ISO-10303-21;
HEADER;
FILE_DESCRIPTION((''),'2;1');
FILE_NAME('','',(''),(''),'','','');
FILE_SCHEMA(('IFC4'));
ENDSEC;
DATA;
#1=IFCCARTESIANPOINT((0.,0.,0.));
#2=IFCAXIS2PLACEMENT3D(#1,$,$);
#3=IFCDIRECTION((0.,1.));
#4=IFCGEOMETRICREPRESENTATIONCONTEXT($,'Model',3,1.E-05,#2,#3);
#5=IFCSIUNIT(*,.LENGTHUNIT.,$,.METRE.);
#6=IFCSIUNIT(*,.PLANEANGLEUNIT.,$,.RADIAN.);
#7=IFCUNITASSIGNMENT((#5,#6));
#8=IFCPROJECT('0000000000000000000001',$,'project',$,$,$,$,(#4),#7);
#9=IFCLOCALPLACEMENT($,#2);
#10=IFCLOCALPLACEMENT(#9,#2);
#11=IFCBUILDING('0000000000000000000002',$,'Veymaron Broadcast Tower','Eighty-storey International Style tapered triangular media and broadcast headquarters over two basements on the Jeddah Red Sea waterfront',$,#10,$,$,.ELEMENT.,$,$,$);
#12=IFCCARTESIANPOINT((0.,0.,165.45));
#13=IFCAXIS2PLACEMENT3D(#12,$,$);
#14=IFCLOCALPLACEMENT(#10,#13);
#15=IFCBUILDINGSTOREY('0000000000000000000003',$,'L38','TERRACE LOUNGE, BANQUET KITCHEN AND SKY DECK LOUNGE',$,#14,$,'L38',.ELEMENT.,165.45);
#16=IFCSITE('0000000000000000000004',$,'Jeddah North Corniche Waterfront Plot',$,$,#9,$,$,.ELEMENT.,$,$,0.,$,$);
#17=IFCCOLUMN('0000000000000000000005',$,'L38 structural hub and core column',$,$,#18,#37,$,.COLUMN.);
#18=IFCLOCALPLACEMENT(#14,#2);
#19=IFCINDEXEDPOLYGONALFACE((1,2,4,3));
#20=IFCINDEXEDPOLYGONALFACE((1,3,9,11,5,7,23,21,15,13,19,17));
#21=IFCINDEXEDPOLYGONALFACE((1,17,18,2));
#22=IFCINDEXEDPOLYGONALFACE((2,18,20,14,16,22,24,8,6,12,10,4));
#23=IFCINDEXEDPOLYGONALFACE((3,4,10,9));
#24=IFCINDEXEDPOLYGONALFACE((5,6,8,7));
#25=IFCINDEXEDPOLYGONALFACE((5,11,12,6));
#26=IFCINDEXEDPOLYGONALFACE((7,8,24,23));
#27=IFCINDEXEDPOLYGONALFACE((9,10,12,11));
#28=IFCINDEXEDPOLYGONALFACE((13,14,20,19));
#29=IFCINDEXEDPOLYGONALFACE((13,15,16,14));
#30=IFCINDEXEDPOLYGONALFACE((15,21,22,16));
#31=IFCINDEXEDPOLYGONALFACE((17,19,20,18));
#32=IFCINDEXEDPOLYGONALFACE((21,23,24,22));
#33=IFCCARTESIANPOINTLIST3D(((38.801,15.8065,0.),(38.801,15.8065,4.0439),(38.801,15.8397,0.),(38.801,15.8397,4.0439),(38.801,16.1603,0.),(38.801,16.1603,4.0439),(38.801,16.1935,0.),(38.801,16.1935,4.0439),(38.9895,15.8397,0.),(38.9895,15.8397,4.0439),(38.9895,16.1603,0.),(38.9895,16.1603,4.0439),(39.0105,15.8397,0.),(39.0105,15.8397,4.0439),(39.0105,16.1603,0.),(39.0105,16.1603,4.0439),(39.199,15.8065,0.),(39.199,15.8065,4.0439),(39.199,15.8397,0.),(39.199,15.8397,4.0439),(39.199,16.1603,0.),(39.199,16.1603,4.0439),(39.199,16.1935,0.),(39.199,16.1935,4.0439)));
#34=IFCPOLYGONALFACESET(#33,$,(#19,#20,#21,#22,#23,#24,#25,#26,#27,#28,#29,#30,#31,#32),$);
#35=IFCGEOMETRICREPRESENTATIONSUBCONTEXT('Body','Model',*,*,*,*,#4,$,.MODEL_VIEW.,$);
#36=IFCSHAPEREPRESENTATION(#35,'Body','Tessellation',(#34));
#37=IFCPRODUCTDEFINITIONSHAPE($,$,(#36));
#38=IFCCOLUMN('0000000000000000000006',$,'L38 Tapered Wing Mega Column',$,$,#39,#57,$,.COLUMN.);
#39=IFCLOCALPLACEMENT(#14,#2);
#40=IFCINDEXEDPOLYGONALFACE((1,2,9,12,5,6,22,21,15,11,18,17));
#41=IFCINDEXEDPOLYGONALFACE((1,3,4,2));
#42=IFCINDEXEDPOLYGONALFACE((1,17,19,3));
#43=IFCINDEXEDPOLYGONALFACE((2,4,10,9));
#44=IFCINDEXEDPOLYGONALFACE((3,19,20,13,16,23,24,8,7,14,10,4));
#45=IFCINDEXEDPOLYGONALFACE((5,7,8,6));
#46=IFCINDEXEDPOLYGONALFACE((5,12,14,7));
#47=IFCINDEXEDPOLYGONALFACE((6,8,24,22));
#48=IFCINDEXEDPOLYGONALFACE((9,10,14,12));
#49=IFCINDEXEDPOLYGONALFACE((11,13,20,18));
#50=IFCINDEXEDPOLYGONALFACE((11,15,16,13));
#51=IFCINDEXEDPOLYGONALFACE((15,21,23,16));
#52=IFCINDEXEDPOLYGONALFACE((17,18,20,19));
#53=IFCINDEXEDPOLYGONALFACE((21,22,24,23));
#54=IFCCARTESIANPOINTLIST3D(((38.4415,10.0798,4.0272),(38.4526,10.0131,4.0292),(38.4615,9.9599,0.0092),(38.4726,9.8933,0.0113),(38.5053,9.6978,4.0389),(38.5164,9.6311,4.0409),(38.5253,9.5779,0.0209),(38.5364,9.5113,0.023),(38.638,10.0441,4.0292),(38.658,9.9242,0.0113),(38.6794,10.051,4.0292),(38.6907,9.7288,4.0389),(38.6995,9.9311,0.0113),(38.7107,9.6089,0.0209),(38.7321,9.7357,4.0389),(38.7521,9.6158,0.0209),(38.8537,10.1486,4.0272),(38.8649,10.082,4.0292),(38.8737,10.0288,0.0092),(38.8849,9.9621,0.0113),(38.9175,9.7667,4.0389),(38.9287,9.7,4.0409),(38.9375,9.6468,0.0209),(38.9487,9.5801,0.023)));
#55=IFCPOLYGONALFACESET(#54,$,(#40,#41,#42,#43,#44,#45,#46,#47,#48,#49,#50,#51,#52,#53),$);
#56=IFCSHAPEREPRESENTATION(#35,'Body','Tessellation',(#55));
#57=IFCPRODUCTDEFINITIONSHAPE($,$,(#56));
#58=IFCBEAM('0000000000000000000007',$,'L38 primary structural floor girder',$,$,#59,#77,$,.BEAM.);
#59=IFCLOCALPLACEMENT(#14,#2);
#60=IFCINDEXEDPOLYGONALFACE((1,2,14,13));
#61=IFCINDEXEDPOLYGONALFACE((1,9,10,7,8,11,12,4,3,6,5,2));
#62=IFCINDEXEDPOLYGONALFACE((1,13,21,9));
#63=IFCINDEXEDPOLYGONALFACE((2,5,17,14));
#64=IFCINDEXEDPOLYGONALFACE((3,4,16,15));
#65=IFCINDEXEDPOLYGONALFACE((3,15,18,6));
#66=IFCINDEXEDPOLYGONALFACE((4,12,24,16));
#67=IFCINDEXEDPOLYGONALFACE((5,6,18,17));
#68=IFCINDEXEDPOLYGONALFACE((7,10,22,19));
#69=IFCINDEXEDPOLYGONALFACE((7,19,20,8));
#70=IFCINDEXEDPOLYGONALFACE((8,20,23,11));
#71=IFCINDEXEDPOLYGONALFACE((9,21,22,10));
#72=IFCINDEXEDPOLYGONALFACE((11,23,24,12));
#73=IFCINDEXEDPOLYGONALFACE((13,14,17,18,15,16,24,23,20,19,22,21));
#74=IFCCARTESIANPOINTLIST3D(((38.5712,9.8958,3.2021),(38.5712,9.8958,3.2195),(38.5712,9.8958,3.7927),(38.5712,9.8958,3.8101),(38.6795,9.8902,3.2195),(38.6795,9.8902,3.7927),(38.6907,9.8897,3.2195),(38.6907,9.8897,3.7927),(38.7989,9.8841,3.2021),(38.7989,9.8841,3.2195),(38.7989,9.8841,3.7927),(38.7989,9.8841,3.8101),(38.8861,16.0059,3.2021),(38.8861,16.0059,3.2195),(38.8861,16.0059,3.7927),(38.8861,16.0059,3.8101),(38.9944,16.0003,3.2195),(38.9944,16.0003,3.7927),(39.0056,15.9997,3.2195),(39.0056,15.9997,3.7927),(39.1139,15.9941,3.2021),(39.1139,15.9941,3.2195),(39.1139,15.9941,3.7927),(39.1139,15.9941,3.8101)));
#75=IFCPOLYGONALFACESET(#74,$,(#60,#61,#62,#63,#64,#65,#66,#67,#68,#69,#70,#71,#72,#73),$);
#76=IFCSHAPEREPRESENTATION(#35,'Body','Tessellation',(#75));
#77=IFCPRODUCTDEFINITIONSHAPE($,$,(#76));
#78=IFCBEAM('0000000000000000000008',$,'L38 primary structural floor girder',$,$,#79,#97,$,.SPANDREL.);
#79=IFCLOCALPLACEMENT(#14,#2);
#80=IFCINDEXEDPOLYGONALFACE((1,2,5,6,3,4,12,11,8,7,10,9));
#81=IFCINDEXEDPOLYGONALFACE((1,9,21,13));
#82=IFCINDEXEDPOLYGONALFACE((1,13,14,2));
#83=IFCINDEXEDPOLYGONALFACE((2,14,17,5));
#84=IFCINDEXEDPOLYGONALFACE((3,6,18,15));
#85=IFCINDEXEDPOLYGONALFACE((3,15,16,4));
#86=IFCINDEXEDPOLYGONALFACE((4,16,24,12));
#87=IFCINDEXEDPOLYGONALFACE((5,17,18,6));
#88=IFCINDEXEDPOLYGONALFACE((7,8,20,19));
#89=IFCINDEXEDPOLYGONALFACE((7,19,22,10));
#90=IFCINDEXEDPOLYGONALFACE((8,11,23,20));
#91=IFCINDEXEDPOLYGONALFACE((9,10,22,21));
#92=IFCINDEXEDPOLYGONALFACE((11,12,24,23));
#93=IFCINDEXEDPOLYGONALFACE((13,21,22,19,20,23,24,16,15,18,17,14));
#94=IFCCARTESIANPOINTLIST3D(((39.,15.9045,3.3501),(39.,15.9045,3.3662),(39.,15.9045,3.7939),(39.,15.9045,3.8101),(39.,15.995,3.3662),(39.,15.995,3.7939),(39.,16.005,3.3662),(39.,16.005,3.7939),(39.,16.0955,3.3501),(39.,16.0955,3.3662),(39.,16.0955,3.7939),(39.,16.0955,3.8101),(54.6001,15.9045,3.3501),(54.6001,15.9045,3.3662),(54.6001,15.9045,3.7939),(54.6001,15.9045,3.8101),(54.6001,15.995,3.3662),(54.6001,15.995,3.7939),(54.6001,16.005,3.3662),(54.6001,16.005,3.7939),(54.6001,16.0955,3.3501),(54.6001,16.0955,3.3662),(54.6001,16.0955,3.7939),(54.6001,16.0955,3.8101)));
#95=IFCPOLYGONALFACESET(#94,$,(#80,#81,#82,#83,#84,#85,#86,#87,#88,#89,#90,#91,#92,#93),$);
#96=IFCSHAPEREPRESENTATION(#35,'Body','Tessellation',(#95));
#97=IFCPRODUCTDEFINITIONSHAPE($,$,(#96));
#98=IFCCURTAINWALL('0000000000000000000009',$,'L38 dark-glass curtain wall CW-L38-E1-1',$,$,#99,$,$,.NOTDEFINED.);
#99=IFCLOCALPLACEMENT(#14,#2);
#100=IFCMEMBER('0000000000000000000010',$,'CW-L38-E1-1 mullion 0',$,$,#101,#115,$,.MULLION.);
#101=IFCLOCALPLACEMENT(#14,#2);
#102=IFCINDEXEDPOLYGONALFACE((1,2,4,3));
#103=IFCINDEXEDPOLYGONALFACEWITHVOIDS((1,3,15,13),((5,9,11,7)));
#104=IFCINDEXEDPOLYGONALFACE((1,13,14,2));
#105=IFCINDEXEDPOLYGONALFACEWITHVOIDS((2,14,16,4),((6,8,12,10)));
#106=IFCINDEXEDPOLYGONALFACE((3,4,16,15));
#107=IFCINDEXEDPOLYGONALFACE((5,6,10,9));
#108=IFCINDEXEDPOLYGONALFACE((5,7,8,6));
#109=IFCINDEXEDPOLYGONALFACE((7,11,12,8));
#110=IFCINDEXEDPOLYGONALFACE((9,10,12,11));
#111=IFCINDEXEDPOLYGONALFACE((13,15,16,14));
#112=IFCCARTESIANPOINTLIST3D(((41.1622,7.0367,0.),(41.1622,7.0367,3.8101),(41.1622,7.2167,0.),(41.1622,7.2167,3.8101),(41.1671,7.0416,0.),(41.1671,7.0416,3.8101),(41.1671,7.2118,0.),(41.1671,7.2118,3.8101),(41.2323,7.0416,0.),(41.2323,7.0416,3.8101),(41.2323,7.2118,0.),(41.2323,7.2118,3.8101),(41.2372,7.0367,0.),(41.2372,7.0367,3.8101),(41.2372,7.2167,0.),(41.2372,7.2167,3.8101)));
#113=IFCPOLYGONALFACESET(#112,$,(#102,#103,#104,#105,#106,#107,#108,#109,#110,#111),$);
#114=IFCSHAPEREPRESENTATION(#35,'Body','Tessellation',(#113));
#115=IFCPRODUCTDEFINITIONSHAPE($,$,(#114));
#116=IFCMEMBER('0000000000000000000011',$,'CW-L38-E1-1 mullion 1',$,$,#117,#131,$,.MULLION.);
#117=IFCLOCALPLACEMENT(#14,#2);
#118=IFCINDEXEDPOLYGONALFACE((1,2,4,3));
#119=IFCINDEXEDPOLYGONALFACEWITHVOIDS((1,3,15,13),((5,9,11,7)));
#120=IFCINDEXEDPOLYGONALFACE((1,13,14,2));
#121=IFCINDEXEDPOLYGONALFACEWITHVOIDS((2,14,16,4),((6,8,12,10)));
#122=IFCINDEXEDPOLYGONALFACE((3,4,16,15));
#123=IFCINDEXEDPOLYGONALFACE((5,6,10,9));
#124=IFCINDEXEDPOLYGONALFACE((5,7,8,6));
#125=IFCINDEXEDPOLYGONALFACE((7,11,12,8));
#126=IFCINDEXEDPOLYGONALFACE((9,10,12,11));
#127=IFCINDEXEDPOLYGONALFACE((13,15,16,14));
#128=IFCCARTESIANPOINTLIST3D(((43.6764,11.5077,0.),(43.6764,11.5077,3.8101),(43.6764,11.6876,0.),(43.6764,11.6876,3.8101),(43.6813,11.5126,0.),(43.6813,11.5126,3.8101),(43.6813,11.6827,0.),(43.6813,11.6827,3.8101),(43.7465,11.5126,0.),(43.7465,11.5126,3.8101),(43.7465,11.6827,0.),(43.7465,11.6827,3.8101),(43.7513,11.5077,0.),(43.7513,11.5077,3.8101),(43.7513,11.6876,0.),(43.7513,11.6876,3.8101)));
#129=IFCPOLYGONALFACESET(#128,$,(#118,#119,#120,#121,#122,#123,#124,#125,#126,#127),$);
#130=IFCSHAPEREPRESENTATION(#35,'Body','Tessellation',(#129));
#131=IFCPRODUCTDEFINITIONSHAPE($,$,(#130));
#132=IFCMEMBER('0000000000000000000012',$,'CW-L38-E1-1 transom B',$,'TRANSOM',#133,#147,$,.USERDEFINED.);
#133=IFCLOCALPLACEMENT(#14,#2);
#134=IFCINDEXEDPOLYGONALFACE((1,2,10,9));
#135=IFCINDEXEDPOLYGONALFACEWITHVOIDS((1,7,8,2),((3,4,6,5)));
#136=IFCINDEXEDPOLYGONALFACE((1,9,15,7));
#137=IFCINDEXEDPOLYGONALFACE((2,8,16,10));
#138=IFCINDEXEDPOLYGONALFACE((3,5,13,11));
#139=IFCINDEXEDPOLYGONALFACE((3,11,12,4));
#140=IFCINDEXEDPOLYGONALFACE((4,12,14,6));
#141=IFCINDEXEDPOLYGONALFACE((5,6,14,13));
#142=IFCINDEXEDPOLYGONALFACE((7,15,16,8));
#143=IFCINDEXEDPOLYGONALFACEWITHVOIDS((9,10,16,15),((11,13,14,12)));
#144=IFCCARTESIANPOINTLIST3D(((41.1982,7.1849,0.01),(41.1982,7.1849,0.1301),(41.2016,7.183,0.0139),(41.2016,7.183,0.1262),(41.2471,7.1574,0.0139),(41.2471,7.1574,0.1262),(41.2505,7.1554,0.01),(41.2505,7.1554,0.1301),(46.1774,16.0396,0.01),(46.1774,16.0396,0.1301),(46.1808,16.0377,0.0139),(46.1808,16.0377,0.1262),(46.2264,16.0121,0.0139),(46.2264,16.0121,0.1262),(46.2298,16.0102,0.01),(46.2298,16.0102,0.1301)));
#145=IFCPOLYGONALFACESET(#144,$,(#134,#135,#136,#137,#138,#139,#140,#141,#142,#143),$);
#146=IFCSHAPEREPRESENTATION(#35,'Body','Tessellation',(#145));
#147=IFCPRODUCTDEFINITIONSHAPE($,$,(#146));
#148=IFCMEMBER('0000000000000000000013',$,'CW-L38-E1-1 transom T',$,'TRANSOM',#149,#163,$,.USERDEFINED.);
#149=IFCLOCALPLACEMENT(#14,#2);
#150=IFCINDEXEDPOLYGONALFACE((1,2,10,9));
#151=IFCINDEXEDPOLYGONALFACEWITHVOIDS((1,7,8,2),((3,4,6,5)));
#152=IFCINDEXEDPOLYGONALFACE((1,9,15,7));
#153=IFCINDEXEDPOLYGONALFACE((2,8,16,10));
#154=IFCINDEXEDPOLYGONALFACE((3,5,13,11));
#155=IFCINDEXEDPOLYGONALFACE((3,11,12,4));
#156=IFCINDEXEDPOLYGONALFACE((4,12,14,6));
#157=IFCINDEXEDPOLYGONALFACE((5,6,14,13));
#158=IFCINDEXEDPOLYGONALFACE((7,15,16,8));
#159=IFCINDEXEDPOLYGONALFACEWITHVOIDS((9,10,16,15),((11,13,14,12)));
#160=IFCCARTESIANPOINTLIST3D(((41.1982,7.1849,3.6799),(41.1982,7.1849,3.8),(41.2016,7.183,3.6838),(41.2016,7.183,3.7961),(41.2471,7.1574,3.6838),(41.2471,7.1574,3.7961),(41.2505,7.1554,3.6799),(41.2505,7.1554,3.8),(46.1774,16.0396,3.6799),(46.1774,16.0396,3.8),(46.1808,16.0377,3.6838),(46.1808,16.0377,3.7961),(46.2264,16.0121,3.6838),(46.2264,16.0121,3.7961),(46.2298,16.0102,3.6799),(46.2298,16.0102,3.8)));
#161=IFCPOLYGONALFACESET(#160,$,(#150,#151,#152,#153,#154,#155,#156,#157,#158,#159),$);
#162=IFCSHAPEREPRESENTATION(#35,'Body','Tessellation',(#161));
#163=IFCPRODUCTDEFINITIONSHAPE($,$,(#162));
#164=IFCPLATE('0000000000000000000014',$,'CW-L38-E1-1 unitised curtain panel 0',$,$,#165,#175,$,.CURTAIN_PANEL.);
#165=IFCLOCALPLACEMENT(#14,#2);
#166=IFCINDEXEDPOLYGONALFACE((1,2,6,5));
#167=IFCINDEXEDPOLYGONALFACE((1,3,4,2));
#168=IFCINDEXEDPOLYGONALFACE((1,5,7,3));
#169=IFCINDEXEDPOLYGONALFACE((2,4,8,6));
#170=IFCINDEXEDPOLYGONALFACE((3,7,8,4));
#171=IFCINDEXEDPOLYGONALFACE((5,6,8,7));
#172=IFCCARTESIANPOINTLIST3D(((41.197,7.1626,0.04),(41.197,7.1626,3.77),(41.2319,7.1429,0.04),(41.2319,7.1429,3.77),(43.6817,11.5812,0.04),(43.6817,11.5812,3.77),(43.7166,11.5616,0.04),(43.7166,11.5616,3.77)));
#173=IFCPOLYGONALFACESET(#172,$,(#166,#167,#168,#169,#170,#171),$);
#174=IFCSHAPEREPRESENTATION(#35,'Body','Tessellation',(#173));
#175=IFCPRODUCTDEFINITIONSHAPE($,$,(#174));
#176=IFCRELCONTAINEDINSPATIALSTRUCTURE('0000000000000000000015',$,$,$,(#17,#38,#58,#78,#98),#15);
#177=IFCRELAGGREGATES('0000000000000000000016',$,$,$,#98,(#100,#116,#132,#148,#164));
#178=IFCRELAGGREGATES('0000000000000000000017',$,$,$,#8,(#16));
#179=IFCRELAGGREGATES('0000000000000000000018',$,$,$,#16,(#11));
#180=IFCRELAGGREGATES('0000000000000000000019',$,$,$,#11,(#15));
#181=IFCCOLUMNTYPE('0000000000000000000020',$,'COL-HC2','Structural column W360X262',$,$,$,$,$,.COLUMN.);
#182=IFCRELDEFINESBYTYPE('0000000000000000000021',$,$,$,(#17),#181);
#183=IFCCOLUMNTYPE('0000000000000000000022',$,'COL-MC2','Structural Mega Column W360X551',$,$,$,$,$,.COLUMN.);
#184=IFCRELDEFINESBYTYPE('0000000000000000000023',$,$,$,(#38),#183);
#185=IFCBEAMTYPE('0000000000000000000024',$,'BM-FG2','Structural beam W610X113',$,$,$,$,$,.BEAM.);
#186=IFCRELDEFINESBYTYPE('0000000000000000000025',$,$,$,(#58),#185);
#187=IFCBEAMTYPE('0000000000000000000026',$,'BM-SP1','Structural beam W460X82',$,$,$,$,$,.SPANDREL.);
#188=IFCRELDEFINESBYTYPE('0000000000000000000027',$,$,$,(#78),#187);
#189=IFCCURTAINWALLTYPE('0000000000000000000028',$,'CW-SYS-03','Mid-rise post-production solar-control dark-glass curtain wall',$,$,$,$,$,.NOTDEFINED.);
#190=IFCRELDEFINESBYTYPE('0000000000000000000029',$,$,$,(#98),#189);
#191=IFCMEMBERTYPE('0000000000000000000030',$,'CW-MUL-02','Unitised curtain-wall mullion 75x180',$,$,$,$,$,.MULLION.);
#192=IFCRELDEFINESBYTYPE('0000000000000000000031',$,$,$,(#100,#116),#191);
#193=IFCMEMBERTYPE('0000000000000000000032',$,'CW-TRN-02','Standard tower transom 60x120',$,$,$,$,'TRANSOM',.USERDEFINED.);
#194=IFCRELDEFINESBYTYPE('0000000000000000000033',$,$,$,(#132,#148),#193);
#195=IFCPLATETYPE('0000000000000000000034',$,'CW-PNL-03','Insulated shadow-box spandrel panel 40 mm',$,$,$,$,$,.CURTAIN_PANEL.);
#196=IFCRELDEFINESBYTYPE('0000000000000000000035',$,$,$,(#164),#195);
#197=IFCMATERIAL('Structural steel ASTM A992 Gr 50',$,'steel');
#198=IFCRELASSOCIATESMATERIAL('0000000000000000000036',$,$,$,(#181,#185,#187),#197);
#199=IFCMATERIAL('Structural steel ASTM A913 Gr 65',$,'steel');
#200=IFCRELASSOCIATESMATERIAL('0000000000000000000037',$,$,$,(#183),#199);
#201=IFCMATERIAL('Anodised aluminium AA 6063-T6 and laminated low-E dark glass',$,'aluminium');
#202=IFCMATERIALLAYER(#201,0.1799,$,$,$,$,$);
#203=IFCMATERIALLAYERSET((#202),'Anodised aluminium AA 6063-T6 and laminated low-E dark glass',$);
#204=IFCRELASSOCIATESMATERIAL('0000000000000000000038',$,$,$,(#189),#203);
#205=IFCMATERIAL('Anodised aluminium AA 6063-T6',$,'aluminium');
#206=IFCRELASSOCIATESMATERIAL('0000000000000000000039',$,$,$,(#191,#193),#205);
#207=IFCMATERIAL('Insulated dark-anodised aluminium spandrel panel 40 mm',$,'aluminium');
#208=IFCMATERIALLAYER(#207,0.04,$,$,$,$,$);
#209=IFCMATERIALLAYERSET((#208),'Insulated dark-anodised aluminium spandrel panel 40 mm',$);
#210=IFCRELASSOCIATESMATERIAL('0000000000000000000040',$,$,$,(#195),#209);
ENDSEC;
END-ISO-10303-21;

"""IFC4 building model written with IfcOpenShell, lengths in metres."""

from ifc_helpers import new_model, si_unit, direction, frame, origin, origin_2d, place, context, subcontext, project, spatial, rectangle, hollow_rectangle, i_section, extrude, material, layer, layer_set, material_profile, profile_set, type_object, element, aggregate, save


model = new_model("IFC4")

# Units and contexts
model_context = context("Model", 3, precision=1e-05, world=origin(), true_north=direction((0.0, 1.0)))
body_context = subcontext(model_context, "Body", "Model", "MODEL_VIEW")
ifc_project = project(units=[si_unit("LENGTHUNIT", "METRE"), si_unit("PLANEANGLEUNIT", "RADIAN")], contexts=[model_context])

# Site, building, storey
site_placement = place(None, origin())
site = spatial("IfcSite", under=ifc_project, at=site_placement, Name="Jeddah North Corniche Waterfront Plot", CompositionType="ELEMENT", RefElevation=0.0)
building_placement = place(site_placement, origin())
building = spatial("IfcBuilding", under=site, at=building_placement, Name="Veymaron Broadcast Tower", Description="Eighty-storey International Style tapered triangular media and broadcast headquarters over two basements on the Jeddah Red Sea waterfront", CompositionType="ELEMENT")
storey_placement = place(building_placement, frame((0.0, 0.0, 165.45)))
storey = spatial("IfcBuildingStorey", under=building, at=storey_placement, Name="L38", Description="TERRACE LOUNGE, BANQUET KITCHEN AND SKY DECK LOUNGE", LongName="L38", CompositionType="ELEMENT", Elevation=165.45)

# Columns
ifc_material_1 = material(Name="Structural steel ASTM A992 Gr 50", Category="steel")
ifc_material_profile_1 = material_profile(ifc_material_1, i_section(OverallWidth=0.3979, OverallDepth=0.387, WebThickness=0.021, FlangeThickness=0.0332, at=origin_2d()), Name="W360X262")
ifc_profile_set_1 = profile_set([ifc_material_profile_1], Name="Structural steel ASTM A992 Gr 50")
column_type_1 = type_object("IfcColumnType", Name="COL-HC2", Description="Structural column W360X262", PredefinedType="COLUMN", material=ifc_profile_set_1)
column_1_placement = place(storey_placement, frame((39.0, 16.0, 0.0), z_axis=(0.0, 0.0, 1.0), x_axis=(1.0, 0.0, 0.0)))
element("IfcColumn", 1, at=column_1_placement, inside=storey, type_object=column_type_1, Name="L38 structural hub and core column", PredefinedType="COLUMN", context=body_context, shape_type="SweptSolid", body=[
    extrude(i_section(OverallWidth=0.3979, OverallDepth=0.387, WebThickness=0.021, FlangeThickness=0.0332, at=origin_2d()), origin(), (0.0, 0.0, 1.0), 4.0439),
])
ifc_material_2 = material(Name="Structural steel ASTM A913 Gr 65", Category="steel")
ifc_material_profile_2 = material_profile(ifc_material_2, i_section(OverallWidth=0.418, OverallDepth=0.4551, WebThickness=0.042, FlangeThickness=0.0676, at=origin_2d()), Name="W360X551")
ifc_profile_set_2 = profile_set([ifc_material_profile_2], Name="Structural steel ASTM A913 Gr 65")
column_type_2 = type_object("IfcColumnType", Name="COL-MC2", Description="Structural Mega Column W360X551", PredefinedType="COLUMN", material=ifc_profile_set_2)
column_2_placement = place(storey_placement, frame((38.7051, 9.77, 0.0161), z_axis=(-0.00498, 0.029822, 0.999543), x_axis=(-0.98634, -0.164725, 0.0)))
element("IfcColumn", 2, at=column_2_placement, inside=storey, type_object=column_type_2, Name="L38 Tapered Wing Mega Column", PredefinedType="COLUMN", context=body_context, shape_type="SweptSolid", body=[
    extrude(i_section(OverallWidth=0.418, OverallDepth=0.4551, WebThickness=0.042, FlangeThickness=0.0676, at=origin_2d()), origin(), (0.0, 0.0, 1.0), 4.0198),
])

# Beams
ifc_material_profile_3 = material_profile(ifc_material_1, i_section(OverallWidth=0.228, OverallDepth=0.6079, WebThickness=0.0112, FlangeThickness=0.0173, at=origin_2d()), Name="W610X113")
ifc_profile_set_3 = profile_set([ifc_material_profile_3], Name="Structural steel ASTM A992 Gr 50")
beam_type_1 = type_object("IfcBeamType", Name="BM-FG2", Description="Structural beam W610X113", PredefinedType="BEAM", material=ifc_profile_set_3)
beam_1_placement = place(storey_placement, frame((39.0, 16.0, 3.5061), z_axis=(-0.051476, -0.998674, 0.0), x_axis=(0.998674, -0.051476, 0.0)))
element("IfcBeam", 3, at=beam_1_placement, inside=storey, type_object=beam_type_1, Name="L38 primary structural floor girder", PredefinedType="BEAM", context=body_context, shape_type="SweptSolid", body=[
    extrude(i_section(OverallWidth=0.228, OverallDepth=0.6079, WebThickness=0.0112, FlangeThickness=0.0173, at=origin_2d()), origin(), (0.0, 0.0, 1.0), 6.1182),
])
ifc_material_profile_4 = material_profile(ifc_material_1, i_section(OverallWidth=0.1909, OverallDepth=0.46, WebThickness=0.01, FlangeThickness=0.0161, at=origin_2d()), Name="W460X82")
ifc_profile_set_4 = profile_set([ifc_material_profile_4], Name="Structural steel ASTM A992 Gr 50")
beam_type_2 = type_object("IfcBeamType", Name="BM-SP1", Description="Structural beam W460X82", PredefinedType="SPANDREL", material=ifc_profile_set_4)
beam_2_placement = place(storey_placement, frame((39.0, 16.0, 3.5801), z_axis=(1.0, 0.0, 0.0), x_axis=(0.0, 1.0, 0.0)))
element("IfcBeam", 4, at=beam_2_placement, inside=storey, type_object=beam_type_2, Name="L38 primary structural floor girder", PredefinedType="SPANDREL", context=body_context, shape_type="SweptSolid", body=[
    extrude(i_section(OverallWidth=0.1909, OverallDepth=0.46, WebThickness=0.01, FlangeThickness=0.0161, at=origin_2d()), origin(), (0.0, 0.0, 1.0), 15.6001),
])

# Curtain wall, members, plate
ifc_material_3 = material(Name="Anodised aluminium AA 6063-T6 and laminated low-E dark glass", Category="aluminium")
ifc_layer_1 = layer(ifc_material_3, 0.1799)
ifc_layer_set_1 = layer_set([ifc_layer_1], Name="Anodised aluminium AA 6063-T6 and laminated low-E dark glass")
curtain_wall_type = type_object("IfcCurtainWallType", Name="CW-SYS-03", Description="Mid-rise post-production solar-control dark-glass curtain wall", PredefinedType="NOTDEFINED", material=ifc_layer_set_1)
curtain_wall_placement = place(storey_placement, origin())
curtain_wall = element("IfcCurtainWall", 5, at=curtain_wall_placement, inside=storey, type_object=curtain_wall_type, Name="L38 dark-glass curtain wall CW-L38-E1-1", PredefinedType="NOTDEFINED")
ifc_material_4 = material(Name="Anodised aluminium AA 6063-T6", Category="aluminium")
ifc_material_profile_5 = material_profile(ifc_material_4, hollow_rectangle(XDim=0.075, YDim=0.1799, WallThickness=0.0049, at=origin_2d()), Name="AL180X75X5")
ifc_profile_set_5 = profile_set([ifc_material_profile_5], Name="Anodised aluminium AA 6063-T6")
member_type_1 = type_object("IfcMemberType", Name="CW-MUL-02", Description="Unitised curtain-wall mullion 75x180", PredefinedType="MULLION", material=ifc_profile_set_5)
member_1_placement = place(storey_placement, frame((41.1997, 7.1267, 0.0), z_axis=(0.0, 0.0, 1.0), x_axis=(1.0, 0.0, 0.0)))
member_1 = element("IfcMember", 6, at=member_1_placement, type_object=member_type_1, Name="CW-L38-E1-1 mullion 0", PredefinedType="MULLION", context=body_context, shape_type="SweptSolid", body=[
    extrude(hollow_rectangle(XDim=0.075, YDim=0.1799, WallThickness=0.0049, at=origin_2d()), origin(), (0.0, 0.0, 1.0), 3.8101),
])
member_2_placement = place(storey_placement, frame((43.7139, 11.5977, 0.0), z_axis=(0.0, 0.0, 1.0), x_axis=(1.0, 0.0, 0.0)))
member_2 = element("IfcMember", 7, at=member_2_placement, type_object=member_type_1, Name="CW-L38-E1-1 mullion 1", PredefinedType="MULLION", context=body_context, shape_type="SweptSolid", body=[
    extrude(hollow_rectangle(XDim=0.075, YDim=0.1799, WallThickness=0.0049, at=origin_2d()), origin(), (0.0, 0.0, 1.0), 3.8101),
])
ifc_material_profile_6 = material_profile(ifc_material_4, hollow_rectangle(XDim=0.0601, YDim=0.1201, WallThickness=0.0039, at=origin_2d()), Name="AL120X60X4")
ifc_profile_set_6 = profile_set([ifc_material_profile_6], Name="Anodised aluminium AA 6063-T6")
member_type_2 = type_object("IfcMemberType", Name="CW-TRN-02", Description="Standard tower transom 60x120", ElementType="TRANSOM", PredefinedType="USERDEFINED", material=ifc_profile_set_6)
member_3_placement = place(storey_placement, frame((41.2244, 7.1702, 0.0701), z_axis=(0.490146, 0.87164, 0.0), x_axis=(-0.87164, 0.490146, 0.0)))
member_3 = element("IfcMember", 8, at=member_3_placement, type_object=member_type_2, Name="CW-L38-E1-1 transom B", ObjectType="TRANSOM", PredefinedType="USERDEFINED", context=body_context, shape_type="SweptSolid", body=[
    extrude(hollow_rectangle(XDim=0.0601, YDim=0.1201, WallThickness=0.0039, at=origin_2d()), origin(), (0.0, 0.0, 1.0), 10.1587),
])
member_4_placement = place(storey_placement, frame((41.2244, 7.1702, 3.74), z_axis=(0.490146, 0.87164, 0.0), x_axis=(-0.87164, 0.490146, 0.0)))
member_4 = element("IfcMember", 9, at=member_4_placement, type_object=member_type_2, Name="CW-L38-E1-1 transom T", ObjectType="TRANSOM", PredefinedType="USERDEFINED", context=body_context, shape_type="SweptSolid", body=[
    extrude(hollow_rectangle(XDim=0.0601, YDim=0.1201, WallThickness=0.0039, at=origin_2d()), origin(), (0.0, 0.0, 1.0), 10.1587),
])
ifc_material_5 = material(Name="Insulated dark-anodised aluminium spandrel panel 40 mm", Category="aluminium")
ifc_layer_2 = layer(ifc_material_5, 0.04)
ifc_layer_set_2 = layer_set([ifc_layer_2], Name="Insulated dark-anodised aluminium spandrel panel 40 mm")
plate_type = type_object("IfcPlateType", Name="CW-PNL-03", Description="Insulated shadow-box spandrel panel 40 mm", PredefinedType="CURTAIN_PANEL", material=ifc_layer_set_2)
plate_1_placement = place(storey_placement, frame((42.4568, 9.3621, 0.04), z_axis=(0.0, 0.0, 1.0), x_axis=(0.490143, 0.871642, 0.0)))
plate_1 = element("IfcPlate", 10, at=plate_1_placement, type_object=plate_type, Name="CW-L38-E1-1 unitised curtain panel 0", PredefinedType="CURTAIN_PANEL", context=body_context, shape_type="SweptSolid", body=[
    extrude(rectangle(XDim=5.0693, YDim=0.04, at=origin_2d()), origin(), (0.0, 0.0, 1.0), 3.73),
])
aggregate(curtain_wall, [member_1, member_2, member_3, member_4, plate_1])

save(model, "model.ifc")
